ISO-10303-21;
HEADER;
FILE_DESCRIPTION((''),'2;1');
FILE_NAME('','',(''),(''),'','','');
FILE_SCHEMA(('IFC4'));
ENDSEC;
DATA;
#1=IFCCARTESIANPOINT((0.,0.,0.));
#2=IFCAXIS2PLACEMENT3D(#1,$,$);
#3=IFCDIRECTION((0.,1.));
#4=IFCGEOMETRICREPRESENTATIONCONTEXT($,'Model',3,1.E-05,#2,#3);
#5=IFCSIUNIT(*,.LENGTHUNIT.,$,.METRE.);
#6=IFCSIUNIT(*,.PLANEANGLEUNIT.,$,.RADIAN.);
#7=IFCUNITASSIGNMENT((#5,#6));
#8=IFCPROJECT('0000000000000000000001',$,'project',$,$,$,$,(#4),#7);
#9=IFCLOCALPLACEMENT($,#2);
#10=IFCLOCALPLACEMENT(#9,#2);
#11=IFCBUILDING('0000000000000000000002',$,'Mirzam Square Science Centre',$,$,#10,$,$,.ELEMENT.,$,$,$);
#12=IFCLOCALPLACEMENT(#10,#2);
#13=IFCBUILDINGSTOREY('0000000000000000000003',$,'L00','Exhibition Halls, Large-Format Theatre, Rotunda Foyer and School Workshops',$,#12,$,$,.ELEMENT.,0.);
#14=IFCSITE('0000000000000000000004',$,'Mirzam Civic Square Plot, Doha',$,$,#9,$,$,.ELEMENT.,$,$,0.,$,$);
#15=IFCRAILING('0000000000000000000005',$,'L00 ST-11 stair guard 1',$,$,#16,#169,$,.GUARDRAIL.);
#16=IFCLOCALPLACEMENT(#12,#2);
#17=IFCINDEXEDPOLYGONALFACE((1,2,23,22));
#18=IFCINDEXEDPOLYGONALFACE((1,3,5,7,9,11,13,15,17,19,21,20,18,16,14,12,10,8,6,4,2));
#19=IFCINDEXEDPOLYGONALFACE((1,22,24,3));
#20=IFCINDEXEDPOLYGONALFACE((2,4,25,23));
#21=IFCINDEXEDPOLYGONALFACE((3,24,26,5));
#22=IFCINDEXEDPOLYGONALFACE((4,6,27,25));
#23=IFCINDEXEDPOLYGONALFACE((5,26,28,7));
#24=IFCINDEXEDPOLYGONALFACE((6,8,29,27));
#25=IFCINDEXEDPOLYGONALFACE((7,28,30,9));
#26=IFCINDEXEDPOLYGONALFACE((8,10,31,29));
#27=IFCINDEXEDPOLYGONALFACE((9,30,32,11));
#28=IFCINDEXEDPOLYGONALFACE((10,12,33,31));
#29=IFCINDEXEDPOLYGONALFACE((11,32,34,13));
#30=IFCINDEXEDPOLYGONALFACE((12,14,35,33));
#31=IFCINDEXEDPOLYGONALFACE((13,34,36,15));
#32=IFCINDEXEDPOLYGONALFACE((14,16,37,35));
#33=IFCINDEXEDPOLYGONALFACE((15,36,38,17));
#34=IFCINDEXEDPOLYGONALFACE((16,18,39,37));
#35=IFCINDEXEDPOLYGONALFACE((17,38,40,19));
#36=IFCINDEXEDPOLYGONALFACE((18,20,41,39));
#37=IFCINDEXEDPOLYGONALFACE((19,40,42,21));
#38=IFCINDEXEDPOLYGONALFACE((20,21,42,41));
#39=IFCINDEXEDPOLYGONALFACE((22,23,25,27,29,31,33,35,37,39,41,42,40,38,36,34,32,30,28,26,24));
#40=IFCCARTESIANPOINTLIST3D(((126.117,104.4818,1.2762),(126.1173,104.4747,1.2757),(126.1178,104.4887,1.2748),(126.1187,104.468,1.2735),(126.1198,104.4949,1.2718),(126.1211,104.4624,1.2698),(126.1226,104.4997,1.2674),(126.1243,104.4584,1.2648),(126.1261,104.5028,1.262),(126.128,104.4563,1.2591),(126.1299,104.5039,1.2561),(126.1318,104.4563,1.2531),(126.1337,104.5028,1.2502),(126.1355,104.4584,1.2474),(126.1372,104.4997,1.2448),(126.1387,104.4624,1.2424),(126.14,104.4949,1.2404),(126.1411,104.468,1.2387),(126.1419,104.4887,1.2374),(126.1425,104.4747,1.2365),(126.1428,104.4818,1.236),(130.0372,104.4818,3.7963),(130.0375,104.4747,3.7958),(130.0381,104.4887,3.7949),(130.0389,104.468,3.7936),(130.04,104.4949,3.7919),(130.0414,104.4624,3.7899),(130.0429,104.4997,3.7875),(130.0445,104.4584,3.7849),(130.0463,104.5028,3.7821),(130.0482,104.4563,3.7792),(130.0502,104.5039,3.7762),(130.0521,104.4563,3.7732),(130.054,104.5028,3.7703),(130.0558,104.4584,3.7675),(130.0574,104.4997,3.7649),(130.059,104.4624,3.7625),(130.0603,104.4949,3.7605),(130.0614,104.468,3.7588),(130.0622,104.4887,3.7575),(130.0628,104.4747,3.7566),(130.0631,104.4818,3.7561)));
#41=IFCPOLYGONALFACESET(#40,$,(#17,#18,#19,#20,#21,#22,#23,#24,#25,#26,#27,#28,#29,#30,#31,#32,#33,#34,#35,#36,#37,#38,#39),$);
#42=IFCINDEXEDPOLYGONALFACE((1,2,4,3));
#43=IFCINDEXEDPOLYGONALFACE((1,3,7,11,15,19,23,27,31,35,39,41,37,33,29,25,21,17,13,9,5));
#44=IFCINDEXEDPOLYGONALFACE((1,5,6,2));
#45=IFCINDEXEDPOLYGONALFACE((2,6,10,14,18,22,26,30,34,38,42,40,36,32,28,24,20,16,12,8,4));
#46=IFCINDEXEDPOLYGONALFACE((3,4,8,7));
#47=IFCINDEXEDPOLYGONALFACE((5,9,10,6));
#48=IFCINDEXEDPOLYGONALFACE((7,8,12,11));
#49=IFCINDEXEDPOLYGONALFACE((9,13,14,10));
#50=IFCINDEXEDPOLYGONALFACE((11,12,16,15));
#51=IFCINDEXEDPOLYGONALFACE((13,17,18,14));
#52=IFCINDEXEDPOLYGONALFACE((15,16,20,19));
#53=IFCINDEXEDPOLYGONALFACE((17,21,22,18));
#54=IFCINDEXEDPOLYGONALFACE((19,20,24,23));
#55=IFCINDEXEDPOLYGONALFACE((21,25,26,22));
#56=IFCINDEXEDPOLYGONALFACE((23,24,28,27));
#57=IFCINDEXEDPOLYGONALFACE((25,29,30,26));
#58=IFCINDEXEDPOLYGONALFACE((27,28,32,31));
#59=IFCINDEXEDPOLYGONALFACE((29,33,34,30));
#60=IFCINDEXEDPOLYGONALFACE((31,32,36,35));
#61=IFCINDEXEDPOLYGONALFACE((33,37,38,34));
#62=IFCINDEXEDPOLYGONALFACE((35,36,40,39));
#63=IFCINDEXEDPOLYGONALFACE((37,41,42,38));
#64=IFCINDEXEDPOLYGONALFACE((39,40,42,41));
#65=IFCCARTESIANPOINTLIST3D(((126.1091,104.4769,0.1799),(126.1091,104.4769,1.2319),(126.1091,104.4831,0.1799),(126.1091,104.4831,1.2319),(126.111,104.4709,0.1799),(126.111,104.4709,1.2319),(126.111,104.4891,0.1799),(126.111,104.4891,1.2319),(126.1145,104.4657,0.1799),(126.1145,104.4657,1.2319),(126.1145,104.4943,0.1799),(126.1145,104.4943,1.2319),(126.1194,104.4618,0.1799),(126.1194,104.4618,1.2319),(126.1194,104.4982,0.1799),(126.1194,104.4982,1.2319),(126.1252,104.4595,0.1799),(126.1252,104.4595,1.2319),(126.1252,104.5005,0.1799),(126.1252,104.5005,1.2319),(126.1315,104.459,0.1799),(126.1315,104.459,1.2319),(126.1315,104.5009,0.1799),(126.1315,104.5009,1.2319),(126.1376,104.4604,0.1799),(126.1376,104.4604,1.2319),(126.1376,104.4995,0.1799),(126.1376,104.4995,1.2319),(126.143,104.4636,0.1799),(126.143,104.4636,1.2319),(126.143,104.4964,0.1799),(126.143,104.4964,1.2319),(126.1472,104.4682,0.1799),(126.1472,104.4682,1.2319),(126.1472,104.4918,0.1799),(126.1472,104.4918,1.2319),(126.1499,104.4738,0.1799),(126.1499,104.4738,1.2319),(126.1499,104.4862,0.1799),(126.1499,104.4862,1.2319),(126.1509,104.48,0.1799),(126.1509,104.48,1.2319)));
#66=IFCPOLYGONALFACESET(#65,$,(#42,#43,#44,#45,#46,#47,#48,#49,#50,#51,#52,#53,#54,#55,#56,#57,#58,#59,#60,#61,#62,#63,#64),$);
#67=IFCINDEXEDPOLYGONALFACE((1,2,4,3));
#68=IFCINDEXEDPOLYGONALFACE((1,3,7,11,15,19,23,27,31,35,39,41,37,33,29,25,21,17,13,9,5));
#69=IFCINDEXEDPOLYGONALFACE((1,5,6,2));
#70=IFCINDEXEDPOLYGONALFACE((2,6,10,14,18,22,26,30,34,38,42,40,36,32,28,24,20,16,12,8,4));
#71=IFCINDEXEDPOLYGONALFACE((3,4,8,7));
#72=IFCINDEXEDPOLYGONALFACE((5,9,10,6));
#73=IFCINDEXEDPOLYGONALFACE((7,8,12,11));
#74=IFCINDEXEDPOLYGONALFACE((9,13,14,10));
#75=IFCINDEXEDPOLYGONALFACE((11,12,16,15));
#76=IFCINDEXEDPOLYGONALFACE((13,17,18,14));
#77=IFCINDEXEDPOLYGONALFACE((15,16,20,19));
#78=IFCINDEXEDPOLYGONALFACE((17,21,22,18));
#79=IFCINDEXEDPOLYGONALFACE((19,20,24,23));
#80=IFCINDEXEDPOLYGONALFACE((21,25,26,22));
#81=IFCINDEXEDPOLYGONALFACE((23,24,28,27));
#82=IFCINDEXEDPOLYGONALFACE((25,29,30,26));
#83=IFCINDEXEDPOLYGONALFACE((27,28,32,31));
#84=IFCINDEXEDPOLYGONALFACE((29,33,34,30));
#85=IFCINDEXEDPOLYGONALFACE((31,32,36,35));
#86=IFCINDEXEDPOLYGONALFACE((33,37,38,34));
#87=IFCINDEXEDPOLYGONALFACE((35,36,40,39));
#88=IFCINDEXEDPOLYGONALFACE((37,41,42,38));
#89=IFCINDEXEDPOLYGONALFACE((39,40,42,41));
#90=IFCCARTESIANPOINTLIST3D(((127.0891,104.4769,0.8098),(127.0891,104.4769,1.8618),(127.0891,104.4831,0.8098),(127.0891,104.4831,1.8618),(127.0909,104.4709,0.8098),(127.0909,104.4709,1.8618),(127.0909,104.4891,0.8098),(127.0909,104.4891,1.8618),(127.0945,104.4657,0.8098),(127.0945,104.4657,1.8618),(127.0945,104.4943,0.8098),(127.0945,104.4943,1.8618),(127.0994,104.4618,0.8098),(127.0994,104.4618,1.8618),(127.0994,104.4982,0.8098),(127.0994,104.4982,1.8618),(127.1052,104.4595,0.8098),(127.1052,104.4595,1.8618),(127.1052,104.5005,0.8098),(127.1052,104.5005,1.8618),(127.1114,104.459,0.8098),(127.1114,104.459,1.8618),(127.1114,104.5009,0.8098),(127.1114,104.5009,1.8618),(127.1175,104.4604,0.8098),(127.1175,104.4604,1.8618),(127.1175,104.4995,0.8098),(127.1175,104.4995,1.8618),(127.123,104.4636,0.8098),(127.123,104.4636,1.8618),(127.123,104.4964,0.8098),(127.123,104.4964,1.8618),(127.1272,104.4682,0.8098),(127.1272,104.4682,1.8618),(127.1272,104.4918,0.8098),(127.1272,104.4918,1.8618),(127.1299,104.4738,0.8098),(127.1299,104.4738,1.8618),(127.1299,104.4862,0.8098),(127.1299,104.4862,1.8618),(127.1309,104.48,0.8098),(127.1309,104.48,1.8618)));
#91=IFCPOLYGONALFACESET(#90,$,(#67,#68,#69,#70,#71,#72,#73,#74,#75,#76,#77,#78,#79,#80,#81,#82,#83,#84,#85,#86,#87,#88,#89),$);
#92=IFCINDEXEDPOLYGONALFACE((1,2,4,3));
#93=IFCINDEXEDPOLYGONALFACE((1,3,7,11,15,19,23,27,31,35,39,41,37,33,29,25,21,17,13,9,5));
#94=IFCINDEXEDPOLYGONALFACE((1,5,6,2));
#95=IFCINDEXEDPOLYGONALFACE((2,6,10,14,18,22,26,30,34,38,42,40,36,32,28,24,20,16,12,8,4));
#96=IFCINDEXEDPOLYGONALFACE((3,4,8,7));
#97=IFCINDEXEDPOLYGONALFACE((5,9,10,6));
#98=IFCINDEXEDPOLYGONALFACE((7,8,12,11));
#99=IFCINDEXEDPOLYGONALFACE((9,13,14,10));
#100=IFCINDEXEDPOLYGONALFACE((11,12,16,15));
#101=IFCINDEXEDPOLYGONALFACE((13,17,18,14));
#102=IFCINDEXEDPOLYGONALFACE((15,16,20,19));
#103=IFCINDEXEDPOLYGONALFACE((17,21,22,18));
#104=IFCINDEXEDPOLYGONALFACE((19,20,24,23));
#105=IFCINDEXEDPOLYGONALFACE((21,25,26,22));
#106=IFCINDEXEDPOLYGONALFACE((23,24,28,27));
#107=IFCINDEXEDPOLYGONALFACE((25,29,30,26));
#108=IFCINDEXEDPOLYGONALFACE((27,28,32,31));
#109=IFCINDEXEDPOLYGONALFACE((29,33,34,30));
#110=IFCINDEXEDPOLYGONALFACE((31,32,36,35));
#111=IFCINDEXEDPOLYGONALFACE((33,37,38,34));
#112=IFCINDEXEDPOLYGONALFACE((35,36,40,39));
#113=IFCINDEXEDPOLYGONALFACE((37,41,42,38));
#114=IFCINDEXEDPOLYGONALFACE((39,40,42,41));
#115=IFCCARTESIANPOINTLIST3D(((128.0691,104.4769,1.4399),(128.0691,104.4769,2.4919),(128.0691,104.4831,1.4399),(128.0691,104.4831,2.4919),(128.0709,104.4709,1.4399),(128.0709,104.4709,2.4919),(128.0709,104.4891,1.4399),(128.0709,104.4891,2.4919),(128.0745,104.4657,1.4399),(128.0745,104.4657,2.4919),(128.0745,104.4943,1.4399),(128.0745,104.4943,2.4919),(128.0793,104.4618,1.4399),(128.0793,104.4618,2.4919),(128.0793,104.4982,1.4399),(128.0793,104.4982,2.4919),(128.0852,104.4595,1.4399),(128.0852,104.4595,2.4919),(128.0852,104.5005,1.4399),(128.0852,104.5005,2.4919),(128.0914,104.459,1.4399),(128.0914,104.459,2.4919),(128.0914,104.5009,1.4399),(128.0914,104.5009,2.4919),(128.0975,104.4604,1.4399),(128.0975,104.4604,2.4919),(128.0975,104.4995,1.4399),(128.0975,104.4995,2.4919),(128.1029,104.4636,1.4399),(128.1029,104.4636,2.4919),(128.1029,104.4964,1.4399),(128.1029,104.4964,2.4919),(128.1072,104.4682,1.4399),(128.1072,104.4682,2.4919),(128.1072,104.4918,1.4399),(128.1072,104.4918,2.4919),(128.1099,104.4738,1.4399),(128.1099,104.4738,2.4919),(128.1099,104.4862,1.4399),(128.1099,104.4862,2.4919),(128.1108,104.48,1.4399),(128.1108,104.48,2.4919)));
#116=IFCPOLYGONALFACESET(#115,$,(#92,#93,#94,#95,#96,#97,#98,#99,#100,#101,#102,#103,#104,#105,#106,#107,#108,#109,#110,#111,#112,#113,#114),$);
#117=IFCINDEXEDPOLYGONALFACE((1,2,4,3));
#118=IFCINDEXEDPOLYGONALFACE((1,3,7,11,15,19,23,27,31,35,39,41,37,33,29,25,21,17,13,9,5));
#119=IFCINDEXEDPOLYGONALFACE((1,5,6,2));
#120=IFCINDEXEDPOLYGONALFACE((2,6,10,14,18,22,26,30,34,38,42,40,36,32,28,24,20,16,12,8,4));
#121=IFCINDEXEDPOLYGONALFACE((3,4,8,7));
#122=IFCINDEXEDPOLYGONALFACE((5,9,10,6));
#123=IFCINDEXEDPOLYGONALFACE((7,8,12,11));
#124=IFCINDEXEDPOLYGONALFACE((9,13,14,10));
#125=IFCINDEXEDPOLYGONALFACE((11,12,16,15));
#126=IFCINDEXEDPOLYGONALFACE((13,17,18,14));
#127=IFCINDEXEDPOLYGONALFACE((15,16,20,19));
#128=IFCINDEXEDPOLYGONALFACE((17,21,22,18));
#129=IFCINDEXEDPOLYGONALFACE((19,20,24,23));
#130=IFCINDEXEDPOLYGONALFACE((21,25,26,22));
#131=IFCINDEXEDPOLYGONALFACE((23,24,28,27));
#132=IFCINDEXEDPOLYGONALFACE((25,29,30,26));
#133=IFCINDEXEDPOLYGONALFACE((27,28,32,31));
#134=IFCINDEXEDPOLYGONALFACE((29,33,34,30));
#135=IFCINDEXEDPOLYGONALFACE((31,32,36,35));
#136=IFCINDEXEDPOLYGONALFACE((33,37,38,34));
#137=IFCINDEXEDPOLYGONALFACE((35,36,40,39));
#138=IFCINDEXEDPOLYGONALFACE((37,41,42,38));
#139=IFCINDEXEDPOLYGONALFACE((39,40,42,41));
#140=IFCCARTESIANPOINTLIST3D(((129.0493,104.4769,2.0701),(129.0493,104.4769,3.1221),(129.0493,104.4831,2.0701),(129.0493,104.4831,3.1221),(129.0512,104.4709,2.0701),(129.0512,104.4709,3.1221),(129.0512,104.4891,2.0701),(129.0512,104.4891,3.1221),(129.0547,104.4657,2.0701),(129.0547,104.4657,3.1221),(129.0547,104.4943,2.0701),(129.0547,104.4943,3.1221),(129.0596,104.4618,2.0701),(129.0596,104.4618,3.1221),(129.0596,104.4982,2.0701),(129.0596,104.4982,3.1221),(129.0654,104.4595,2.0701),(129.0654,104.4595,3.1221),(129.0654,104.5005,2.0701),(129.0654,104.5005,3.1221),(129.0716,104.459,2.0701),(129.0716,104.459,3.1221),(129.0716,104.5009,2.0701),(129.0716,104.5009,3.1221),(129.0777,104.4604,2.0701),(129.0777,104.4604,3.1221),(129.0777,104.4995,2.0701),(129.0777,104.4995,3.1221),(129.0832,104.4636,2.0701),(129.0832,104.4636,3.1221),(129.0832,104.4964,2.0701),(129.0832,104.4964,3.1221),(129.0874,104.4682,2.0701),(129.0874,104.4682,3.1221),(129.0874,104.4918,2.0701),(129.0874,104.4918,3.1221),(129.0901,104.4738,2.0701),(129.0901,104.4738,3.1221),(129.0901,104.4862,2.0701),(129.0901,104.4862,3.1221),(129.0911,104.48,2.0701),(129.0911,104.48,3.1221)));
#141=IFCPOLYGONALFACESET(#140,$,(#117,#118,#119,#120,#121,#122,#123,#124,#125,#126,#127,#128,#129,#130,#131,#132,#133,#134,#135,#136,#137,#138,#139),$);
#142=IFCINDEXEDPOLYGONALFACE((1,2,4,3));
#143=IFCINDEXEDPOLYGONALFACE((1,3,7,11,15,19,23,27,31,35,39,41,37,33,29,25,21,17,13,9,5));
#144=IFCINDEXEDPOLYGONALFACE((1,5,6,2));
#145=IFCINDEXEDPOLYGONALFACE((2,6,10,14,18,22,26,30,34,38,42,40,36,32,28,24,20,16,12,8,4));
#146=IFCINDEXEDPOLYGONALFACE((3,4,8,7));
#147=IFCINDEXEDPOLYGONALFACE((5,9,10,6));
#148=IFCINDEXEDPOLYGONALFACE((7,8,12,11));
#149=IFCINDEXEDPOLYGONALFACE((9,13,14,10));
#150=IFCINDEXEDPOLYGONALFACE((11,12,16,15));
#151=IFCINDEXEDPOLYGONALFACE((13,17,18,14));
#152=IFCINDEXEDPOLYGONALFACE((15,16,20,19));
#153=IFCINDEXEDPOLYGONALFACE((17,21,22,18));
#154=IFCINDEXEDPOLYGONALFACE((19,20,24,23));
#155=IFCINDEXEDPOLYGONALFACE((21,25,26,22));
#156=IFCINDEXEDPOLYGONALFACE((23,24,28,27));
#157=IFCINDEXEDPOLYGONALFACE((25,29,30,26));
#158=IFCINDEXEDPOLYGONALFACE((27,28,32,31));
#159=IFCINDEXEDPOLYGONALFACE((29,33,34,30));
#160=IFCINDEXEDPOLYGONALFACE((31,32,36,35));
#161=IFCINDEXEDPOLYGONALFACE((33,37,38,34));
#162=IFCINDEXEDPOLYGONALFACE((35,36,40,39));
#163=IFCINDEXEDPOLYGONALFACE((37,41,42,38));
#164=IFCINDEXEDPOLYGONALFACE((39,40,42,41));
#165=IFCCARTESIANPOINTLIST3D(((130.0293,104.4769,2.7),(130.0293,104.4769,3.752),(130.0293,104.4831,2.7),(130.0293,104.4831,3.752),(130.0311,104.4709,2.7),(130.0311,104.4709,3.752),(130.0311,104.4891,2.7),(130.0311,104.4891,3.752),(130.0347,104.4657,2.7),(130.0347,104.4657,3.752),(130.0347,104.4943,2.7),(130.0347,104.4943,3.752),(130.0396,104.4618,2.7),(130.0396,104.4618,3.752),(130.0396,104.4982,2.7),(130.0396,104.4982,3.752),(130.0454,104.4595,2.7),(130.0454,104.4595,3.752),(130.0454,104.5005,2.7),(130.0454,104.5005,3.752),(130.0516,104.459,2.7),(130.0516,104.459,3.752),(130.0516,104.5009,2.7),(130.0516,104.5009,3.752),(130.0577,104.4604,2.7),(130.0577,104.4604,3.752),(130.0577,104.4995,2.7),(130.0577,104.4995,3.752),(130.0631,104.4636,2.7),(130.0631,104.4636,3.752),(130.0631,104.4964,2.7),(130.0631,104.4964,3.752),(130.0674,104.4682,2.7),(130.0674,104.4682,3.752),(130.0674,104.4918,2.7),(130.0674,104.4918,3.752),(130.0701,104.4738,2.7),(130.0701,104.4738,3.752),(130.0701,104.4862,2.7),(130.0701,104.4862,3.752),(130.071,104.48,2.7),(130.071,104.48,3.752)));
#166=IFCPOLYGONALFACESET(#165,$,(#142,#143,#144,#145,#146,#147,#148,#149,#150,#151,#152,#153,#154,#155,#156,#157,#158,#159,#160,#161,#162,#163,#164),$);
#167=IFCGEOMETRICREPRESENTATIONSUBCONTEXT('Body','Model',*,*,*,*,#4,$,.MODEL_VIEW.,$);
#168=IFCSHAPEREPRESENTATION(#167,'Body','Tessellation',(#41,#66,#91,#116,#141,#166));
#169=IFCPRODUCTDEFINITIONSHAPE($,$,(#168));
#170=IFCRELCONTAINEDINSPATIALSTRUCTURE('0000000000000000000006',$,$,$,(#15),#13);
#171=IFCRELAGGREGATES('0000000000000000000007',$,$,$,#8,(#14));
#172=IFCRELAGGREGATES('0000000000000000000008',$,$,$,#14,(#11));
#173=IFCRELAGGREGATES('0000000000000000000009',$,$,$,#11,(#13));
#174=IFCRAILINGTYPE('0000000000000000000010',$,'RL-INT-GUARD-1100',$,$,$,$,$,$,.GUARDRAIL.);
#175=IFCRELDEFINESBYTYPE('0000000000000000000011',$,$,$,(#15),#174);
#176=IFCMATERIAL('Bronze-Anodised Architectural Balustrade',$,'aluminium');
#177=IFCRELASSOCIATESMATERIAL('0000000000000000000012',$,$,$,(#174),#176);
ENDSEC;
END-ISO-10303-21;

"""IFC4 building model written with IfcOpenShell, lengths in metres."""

from ifc_helpers import new_model, si_unit, direction, frame, origin, origin_2d, place, context, subcontext, project, spatial, circle, extrude, material, type_object, element, save


model = new_model("IFC4")

# Units and contexts
model_context = context("Model", 3, precision=1e-05, world=origin(), true_north=direction((0.0, 1.0)))
body_context = subcontext(model_context, "Body", "Model", "MODEL_VIEW")
ifc_project = project(units=[si_unit("LENGTHUNIT", "METRE"), si_unit("PLANEANGLEUNIT", "RADIAN")], contexts=[model_context])

# Site, building, storey
site_placement = place(None, origin())
site = spatial("IfcSite", under=ifc_project, at=site_placement, Name="Mirzam Civic Square Plot, Doha", CompositionType="ELEMENT", RefElevation=0.0)
building_placement = place(site_placement, origin())
building = spatial("IfcBuilding", under=site, at=building_placement, Name="Mirzam Square Science Centre", CompositionType="ELEMENT")
storey_placement = place(building_placement, origin())
storey = spatial("IfcBuildingStorey", under=building, at=storey_placement, Name="L00", Description="Exhibition Halls, Large-Format Theatre, Rotunda Foyer and School Workshops", CompositionType="ELEMENT", Elevation=0.0)

# Railing
ifc_material_1 = material(Name="Bronze-Anodised Architectural Balustrade", Category="aluminium")
railing_type_1 = type_object("IfcRailingType", Name="RL-INT-GUARD-1100", PredefinedType="GUARDRAIL", material=ifc_material_1)
railing_1_placement = place(storey_placement, frame((126.1299, 104.48, 0.1799)))
element("IfcRailing", 1, at=railing_1_placement, inside=storey, type_object=railing_type_1, Name="L00 ST-11 stair guard 1", PredefinedType="GUARDRAIL", context=body_context, shape_type="SweptSolid", body=[
    extrude(circle(Radius=0.0239, at=origin_2d()), frame((0.0, 0.0, 1.0762), z_axis=(0.841187, 0.0, 0.540744), x_axis=(0.0, 1.0, 0.0)), (0.0, 0.0, 1.0), 4.6604),
    extrude(circle(Radius=0.021, at=origin_2d()), origin(), (0.0, 0.0, 1.0), 1.052),
    extrude(circle(Radius=0.021, at=origin_2d()), frame((0.98, 0.0, 0.6299)), (0.0, 0.0, 1.0), 1.052),
    extrude(circle(Radius=0.021, at=origin_2d()), frame((1.96, 0.0, 1.26)), (0.0, 0.0, 1.0), 1.052),
    extrude(circle(Radius=0.021, at=origin_2d()), frame((2.9402, 0.0, 1.8901)), (0.0, 0.0, 1.0), 1.052),
    extrude(circle(Radius=0.021, at=origin_2d()), frame((3.9202, 0.0, 2.52)), (0.0, 0.0, 1.0), 1.052),
])

save(model, "model.ifc")
